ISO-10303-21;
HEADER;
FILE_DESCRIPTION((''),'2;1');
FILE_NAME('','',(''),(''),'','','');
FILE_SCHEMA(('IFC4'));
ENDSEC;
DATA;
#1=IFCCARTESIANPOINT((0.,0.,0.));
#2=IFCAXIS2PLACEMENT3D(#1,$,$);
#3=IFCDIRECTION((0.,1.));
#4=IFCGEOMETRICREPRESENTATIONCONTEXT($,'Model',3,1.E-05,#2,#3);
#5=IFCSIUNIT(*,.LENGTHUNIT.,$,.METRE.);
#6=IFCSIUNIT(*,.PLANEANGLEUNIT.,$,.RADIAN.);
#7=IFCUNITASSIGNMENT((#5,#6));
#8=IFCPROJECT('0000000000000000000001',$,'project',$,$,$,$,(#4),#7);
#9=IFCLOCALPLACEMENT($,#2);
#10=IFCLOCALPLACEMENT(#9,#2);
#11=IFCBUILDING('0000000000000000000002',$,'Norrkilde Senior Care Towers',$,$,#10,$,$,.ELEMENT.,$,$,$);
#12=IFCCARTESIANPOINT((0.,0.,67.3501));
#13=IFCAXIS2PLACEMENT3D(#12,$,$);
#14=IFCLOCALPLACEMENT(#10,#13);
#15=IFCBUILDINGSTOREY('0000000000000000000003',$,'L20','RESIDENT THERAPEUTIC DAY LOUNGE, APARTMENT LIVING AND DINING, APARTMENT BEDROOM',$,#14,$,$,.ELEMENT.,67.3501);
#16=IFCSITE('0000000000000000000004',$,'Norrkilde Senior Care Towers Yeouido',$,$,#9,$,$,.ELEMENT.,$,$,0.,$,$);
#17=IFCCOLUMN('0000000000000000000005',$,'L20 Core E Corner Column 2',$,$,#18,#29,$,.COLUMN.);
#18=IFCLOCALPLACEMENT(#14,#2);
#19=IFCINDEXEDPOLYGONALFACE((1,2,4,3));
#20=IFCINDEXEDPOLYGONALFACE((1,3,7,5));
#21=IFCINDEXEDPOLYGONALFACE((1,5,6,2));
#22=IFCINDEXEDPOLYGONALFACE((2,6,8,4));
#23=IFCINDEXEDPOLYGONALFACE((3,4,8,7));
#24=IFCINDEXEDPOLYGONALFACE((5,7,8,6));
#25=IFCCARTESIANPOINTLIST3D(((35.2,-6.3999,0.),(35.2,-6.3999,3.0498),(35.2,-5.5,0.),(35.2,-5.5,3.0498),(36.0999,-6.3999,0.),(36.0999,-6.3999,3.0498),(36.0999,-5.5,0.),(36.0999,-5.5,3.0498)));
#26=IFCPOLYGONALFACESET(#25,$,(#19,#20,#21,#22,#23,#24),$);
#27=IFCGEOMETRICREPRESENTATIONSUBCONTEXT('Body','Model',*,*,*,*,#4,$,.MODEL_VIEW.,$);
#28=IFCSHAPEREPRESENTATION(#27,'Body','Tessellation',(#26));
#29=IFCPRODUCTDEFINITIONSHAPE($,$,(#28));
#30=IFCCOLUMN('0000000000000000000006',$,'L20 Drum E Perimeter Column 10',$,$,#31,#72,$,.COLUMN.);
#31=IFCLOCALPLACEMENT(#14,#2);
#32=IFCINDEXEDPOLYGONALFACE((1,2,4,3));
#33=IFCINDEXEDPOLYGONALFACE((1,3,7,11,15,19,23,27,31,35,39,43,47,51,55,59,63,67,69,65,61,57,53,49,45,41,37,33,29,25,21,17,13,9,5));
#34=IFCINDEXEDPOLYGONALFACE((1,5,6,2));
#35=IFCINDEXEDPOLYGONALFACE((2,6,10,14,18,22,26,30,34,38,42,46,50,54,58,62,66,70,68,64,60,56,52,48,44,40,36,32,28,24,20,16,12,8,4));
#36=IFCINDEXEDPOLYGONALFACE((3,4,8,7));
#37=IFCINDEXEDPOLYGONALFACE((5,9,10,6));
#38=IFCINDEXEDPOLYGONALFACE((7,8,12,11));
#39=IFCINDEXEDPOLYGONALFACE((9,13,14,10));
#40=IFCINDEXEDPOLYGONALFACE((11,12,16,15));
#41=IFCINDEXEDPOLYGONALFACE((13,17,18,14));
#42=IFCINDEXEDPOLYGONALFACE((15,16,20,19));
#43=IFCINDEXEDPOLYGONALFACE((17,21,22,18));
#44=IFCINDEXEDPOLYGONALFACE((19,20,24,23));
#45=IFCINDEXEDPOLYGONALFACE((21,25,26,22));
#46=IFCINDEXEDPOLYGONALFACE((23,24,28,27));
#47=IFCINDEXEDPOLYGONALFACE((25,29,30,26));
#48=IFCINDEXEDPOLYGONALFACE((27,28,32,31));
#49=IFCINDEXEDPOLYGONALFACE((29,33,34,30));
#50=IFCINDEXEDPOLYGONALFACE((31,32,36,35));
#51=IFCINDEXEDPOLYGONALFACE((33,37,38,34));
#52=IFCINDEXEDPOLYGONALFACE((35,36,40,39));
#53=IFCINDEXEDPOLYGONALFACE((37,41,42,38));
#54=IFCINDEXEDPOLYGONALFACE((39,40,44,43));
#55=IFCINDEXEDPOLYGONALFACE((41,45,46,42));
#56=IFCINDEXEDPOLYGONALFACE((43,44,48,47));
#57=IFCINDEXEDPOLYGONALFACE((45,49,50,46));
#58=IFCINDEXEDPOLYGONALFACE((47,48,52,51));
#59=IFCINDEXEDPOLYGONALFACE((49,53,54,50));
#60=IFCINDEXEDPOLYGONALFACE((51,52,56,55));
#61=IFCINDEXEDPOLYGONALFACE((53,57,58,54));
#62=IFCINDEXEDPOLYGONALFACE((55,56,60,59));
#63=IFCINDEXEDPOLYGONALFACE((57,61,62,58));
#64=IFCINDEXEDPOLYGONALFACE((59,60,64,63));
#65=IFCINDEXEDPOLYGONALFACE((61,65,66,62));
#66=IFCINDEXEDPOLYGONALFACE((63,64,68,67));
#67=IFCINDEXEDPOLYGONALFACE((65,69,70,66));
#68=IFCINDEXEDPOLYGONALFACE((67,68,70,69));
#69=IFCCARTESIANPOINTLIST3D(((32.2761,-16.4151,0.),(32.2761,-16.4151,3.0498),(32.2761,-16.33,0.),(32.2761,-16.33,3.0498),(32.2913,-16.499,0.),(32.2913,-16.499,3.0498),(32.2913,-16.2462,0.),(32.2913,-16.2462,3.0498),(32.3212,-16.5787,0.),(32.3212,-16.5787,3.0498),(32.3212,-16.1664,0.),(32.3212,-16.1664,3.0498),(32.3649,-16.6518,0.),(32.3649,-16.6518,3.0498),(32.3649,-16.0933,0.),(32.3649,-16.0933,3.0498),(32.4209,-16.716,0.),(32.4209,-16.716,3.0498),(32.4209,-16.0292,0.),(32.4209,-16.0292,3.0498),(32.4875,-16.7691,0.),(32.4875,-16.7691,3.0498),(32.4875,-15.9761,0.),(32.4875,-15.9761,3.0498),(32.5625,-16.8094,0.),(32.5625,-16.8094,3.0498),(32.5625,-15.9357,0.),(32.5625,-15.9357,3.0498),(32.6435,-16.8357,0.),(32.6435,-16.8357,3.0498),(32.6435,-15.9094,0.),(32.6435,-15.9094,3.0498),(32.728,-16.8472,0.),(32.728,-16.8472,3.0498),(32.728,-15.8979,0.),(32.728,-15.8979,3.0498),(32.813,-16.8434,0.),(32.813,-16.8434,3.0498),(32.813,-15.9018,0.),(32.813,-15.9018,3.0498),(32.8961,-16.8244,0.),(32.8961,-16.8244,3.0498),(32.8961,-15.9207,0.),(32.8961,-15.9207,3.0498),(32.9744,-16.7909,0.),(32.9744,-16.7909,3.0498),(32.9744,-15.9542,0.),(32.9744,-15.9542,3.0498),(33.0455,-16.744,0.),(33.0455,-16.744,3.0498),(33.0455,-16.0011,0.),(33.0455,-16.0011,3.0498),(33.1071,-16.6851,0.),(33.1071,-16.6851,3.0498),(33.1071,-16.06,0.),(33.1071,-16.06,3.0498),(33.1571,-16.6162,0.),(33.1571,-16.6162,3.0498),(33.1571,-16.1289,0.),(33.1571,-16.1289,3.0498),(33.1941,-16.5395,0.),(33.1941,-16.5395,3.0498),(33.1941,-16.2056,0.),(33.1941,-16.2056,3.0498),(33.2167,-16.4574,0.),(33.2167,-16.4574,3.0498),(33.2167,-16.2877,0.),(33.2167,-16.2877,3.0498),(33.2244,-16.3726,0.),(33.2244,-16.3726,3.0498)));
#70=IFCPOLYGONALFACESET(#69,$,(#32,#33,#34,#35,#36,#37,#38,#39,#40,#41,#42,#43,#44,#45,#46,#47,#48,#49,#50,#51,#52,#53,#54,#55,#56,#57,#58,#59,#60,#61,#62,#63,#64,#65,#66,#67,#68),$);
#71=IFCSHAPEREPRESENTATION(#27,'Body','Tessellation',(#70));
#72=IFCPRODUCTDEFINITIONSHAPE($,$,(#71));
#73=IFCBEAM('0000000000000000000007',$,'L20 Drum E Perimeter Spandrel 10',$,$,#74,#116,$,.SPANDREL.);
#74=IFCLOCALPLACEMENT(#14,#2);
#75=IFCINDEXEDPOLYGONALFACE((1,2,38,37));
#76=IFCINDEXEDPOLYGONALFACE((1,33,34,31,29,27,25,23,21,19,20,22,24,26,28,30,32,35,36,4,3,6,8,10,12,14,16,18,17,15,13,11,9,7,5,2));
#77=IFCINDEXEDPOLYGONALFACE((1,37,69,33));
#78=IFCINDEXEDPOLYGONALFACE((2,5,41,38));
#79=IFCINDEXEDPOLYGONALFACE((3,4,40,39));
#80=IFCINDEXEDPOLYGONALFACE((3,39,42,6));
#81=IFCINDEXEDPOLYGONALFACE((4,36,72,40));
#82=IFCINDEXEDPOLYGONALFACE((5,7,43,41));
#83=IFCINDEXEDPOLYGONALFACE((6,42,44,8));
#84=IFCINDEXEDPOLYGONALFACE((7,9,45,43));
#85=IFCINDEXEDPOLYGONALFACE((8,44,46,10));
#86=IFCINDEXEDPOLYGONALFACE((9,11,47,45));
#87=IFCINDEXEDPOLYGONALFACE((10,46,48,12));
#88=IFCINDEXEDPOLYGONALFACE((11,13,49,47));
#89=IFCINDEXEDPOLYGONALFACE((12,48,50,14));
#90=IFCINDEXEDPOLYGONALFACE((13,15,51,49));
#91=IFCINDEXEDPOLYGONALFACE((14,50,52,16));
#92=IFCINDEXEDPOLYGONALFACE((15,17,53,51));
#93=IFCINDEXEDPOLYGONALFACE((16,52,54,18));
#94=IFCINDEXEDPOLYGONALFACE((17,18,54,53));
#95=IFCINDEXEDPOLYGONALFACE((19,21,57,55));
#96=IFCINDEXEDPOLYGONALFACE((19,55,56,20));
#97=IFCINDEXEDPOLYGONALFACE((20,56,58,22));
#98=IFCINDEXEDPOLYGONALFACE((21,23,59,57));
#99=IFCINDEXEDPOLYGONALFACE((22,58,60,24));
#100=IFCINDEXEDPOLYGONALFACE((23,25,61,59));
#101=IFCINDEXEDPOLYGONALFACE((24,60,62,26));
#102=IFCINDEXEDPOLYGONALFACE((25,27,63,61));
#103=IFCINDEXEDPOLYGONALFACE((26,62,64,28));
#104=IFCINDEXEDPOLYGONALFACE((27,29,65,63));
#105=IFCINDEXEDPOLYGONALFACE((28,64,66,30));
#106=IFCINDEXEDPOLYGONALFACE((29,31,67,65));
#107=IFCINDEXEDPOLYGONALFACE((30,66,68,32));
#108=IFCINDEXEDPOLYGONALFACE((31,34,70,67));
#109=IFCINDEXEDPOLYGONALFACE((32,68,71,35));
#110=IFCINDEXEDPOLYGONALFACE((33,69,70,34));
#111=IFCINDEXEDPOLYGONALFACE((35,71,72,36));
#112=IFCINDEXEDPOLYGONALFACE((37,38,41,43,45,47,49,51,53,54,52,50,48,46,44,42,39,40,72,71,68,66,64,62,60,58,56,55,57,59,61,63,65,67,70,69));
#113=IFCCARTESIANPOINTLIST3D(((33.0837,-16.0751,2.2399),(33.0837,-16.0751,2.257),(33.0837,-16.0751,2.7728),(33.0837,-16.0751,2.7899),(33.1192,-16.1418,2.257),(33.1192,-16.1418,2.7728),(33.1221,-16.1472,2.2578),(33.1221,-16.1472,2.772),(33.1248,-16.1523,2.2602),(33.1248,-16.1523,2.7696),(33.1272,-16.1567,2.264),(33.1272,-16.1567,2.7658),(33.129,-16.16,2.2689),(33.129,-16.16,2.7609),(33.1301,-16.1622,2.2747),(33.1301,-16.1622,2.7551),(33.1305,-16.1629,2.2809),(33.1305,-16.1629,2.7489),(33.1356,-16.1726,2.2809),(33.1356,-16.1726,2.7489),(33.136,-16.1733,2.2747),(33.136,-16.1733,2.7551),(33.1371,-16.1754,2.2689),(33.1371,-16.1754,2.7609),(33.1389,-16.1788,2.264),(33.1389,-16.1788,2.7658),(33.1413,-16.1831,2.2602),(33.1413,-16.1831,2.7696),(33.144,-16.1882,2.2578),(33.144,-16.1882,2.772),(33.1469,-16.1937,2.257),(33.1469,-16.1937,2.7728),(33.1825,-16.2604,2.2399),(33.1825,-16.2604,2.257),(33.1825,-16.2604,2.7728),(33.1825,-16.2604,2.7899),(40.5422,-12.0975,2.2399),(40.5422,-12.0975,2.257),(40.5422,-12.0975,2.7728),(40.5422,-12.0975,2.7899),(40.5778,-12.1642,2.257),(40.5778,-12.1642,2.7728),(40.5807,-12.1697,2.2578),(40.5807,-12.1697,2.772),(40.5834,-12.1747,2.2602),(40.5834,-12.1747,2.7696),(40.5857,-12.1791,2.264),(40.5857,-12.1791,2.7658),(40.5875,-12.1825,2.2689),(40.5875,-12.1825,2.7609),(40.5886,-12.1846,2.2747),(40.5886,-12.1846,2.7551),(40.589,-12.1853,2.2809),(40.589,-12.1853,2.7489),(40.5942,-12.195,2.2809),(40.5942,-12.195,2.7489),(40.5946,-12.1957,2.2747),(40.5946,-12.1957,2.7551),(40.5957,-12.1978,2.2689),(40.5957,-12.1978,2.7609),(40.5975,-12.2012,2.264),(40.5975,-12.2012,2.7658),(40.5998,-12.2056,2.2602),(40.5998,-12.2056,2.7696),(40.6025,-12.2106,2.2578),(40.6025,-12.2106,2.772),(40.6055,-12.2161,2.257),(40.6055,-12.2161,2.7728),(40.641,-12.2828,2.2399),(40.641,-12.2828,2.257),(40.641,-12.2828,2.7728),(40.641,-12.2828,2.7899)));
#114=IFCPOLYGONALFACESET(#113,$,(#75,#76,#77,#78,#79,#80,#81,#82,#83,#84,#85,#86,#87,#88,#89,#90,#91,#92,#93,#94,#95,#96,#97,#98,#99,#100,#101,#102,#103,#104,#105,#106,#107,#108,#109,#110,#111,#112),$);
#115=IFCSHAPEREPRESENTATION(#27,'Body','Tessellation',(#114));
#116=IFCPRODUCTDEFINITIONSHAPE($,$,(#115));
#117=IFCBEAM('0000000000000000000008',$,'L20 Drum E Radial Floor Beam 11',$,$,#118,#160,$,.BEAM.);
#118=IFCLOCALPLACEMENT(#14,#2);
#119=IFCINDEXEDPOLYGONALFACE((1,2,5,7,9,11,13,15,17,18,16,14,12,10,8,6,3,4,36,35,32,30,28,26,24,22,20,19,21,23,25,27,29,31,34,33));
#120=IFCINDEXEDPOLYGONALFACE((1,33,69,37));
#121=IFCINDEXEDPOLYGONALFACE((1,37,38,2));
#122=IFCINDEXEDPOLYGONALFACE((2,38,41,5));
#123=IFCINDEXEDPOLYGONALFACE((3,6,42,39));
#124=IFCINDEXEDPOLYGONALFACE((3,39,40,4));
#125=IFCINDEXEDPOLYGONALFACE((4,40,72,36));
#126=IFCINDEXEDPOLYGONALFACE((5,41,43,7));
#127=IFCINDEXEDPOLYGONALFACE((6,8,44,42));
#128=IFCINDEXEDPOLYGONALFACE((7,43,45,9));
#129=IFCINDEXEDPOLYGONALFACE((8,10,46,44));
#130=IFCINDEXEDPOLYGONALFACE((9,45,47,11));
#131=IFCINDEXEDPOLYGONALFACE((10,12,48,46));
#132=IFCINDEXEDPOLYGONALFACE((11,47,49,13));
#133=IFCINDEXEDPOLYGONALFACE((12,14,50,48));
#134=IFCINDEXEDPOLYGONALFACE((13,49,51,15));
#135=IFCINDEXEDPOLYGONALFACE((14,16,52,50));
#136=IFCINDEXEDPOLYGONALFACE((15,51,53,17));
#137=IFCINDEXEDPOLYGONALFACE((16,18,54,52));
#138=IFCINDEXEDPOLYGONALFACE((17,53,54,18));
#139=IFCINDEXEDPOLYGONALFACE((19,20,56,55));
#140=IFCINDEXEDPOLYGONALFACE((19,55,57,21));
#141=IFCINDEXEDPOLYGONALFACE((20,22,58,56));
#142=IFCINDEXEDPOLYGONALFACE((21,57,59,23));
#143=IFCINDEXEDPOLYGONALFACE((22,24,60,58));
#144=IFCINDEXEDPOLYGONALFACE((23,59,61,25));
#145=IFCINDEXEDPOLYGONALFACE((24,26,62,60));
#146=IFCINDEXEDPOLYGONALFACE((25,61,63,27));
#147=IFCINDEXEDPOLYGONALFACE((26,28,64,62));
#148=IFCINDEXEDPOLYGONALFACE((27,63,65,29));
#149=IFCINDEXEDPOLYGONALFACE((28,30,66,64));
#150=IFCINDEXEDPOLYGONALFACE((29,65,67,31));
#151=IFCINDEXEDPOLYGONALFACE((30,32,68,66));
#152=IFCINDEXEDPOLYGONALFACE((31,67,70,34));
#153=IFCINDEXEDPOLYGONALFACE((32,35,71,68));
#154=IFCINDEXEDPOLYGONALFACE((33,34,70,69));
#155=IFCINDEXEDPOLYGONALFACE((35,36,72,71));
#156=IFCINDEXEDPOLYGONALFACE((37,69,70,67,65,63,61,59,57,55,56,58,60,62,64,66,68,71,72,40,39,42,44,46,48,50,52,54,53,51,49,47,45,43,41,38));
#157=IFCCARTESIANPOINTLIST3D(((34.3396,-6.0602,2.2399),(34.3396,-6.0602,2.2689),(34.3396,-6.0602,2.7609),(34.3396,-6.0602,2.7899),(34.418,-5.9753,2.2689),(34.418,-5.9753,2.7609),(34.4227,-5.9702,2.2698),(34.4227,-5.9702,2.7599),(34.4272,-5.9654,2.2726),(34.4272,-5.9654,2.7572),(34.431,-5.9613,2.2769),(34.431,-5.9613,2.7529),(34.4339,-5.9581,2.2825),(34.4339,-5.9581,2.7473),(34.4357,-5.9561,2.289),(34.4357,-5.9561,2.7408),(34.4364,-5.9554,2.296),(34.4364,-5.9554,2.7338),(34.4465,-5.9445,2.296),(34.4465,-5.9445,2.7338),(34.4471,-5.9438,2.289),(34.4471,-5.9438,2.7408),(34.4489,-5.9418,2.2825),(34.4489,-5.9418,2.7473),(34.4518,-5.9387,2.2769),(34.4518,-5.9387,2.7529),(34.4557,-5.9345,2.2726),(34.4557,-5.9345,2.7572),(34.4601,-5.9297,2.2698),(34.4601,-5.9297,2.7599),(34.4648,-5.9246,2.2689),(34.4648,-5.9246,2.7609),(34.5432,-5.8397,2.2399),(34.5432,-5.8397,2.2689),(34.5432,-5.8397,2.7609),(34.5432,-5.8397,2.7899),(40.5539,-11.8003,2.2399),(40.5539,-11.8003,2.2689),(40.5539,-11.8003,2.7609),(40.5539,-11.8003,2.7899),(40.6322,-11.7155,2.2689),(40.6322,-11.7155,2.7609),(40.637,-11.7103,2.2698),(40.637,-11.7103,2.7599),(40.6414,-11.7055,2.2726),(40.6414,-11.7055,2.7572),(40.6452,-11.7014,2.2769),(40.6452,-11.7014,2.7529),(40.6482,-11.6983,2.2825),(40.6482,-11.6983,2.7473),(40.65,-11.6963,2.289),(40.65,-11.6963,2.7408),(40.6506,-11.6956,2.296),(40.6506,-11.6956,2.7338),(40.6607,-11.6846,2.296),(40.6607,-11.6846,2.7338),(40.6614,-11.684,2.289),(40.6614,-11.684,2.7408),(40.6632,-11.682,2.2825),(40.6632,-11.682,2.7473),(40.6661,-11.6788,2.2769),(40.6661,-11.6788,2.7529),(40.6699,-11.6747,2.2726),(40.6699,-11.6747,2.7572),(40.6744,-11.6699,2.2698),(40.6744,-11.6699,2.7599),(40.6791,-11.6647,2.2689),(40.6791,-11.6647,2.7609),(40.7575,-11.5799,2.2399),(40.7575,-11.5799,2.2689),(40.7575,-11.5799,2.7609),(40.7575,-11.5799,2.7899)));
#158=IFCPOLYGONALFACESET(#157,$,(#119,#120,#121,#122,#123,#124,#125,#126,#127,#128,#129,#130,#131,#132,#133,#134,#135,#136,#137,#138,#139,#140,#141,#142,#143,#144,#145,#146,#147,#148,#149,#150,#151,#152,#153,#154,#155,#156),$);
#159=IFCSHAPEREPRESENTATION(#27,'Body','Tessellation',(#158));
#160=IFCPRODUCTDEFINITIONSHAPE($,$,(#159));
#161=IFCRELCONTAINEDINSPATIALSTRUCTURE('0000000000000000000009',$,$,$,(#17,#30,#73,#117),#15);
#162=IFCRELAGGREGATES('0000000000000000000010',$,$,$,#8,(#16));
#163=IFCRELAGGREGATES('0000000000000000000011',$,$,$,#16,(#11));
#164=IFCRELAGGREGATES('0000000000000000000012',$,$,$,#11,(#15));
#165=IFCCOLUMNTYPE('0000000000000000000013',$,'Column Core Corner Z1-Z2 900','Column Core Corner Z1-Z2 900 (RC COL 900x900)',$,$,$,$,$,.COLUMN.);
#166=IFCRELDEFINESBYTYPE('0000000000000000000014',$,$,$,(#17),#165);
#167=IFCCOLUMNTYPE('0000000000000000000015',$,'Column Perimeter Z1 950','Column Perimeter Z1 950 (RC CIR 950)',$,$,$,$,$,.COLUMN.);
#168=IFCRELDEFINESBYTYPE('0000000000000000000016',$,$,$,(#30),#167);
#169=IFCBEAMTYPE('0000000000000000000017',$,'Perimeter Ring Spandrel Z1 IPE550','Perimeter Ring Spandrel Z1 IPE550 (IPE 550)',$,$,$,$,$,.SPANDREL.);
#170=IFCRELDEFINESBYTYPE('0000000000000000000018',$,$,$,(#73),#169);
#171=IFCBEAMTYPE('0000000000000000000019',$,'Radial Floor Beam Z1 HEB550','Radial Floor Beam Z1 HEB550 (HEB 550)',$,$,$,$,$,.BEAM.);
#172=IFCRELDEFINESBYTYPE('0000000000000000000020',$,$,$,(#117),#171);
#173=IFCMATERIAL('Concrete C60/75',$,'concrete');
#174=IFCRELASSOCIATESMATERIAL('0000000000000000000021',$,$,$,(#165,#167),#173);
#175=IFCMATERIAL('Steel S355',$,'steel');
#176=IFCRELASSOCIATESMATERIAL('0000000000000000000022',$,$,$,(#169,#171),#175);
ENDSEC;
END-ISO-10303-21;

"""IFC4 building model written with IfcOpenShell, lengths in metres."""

from ifc_helpers import new_model, si_unit, direction, frame, origin, origin_2d, place, context, subcontext, project, spatial, rectangle, circle, i_section, extrude, source, transform, mapped, material, material_profile, profile_set, type_object, type_shapes, element, save


model = new_model("IFC4")

# Units and contexts
model_context = context("Model", 3, precision=1e-05, world=origin(), true_north=direction((0.0, 1.0)))
body_context = subcontext(model_context, "Body", "Model", "MODEL_VIEW")
ifc_project = project(units=[si_unit("LENGTHUNIT", "METRE"), si_unit("PLANEANGLEUNIT", "RADIAN")], contexts=[model_context])

# Site, building, storey
site_placement = place(None, origin())
site = spatial("IfcSite", under=ifc_project, at=site_placement, Name="Norrkilde Senior Care Towers Yeouido", CompositionType="ELEMENT", RefElevation=0.0)
building_placement = place(site_placement, origin())
building = spatial("IfcBuilding", under=site, at=building_placement, Name="Norrkilde Senior Care Towers", CompositionType="ELEMENT")
storey_placement = place(building_placement, frame((0.0, 0.0, 67.3501)))
storey = spatial("IfcBuildingStorey", under=building, at=storey_placement, Name="L20", Description="RESIDENT THERAPEUTIC DAY LOUNGE, APARTMENT LIVING AND DINING, APARTMENT BEDROOM", CompositionType="ELEMENT", Elevation=67.3501)

# Columns
ifc_material_1 = material(Name="Concrete C60/75", Category="concrete")
ifc_material_profile_1 = material_profile(ifc_material_1, rectangle(XDim=0.8999, YDim=0.8999, at=origin_2d()), Name="RC COL 900x900")
ifc_profile_set_1 = profile_set([ifc_material_profile_1], Name="Concrete C60/75")
column_type_1 = type_object("IfcColumnType", Name="Column Core Corner Z1-Z2 900", Description="Column Core Corner Z1-Z2 900 (RC COL 900x900)", PredefinedType="COLUMN", material=ifc_profile_set_1)
shared_shape_1 = source(origin(), body_context, "Body", "SweptSolid", [
    extrude(rectangle(XDim=0.8999, YDim=0.8999, at=origin_2d()), origin(), (0.0, 0.0, 1.0), 3.0498),
])
type_shapes(column_type_1, [shared_shape_1])
column_1_placement = place(storey_placement, frame((35.6499, -5.95, 0.0), z_axis=(0.0, 0.0, 1.0), x_axis=(1.0, 0.0, 0.0)))
element("IfcColumn", 1, at=column_1_placement, inside=storey, type_object=column_type_1, Name="L20 Core E Corner Column 2", PredefinedType="COLUMN", context=body_context, shape_type="MappedRepresentation", body=[
    mapped(shared_shape_1, transform((0.0, 0.0, 0.0), x_axis=(1.0, 0.0, 0.0), y_axis=(0.0, 1.0, 0.0), z_axis=(0.0, 0.0, 1.0), scale=1.0)),
])
ifc_material_profile_2 = material_profile(ifc_material_1, circle(Radius=0.4751, at=origin_2d()), Name="RC CIR 950")
ifc_profile_set_2 = profile_set([ifc_material_profile_2], Name="Concrete C60/75")
column_type_2 = type_object("IfcColumnType", Name="Column Perimeter Z1 950", Description="Column Perimeter Z1 950 (RC CIR 950)", PredefinedType="COLUMN", material=ifc_profile_set_2)
shared_shape_2 = source(origin(), body_context, "Body", "SweptSolid", [
    extrude(circle(Radius=0.4751, at=origin_2d()), origin(), (0.0, 0.0, 1.0), 3.0498),
])
type_shapes(column_type_2, [shared_shape_2])
column_2_placement = place(storey_placement, frame((32.7493, -16.3726, 0.0), z_axis=(0.0, 0.0, 1.0), x_axis=(1.0, 0.0, 0.0)))
element("IfcColumn", 2, at=column_2_placement, inside=storey, type_object=column_type_2, Name="L20 Drum E Perimeter Column 10", PredefinedType="COLUMN", context=body_context, shape_type="MappedRepresentation", body=[
    mapped(shared_shape_2, transform((0.0, 0.0, 0.0), x_axis=(1.0, 0.0, 0.0), y_axis=(0.0, 1.0, 0.0), z_axis=(0.0, 0.0, 1.0), scale=1.0)),
])

# Beams
ifc_material_2 = material(Name="Steel S355", Category="steel")
ifc_material_profile_3 = material_profile(ifc_material_2, i_section(OverallWidth=0.21, OverallDepth=0.55, WebThickness=0.011, FlangeThickness=0.0171, FilletRadius=0.0239, at=origin_2d()), Name="IPE 550")
ifc_profile_set_3 = profile_set([ifc_material_profile_3], Name="Steel S355")
beam_type_1 = type_object("IfcBeamType", Name="Perimeter Ring Spandrel Z1 IPE550", Description="Perimeter Ring Spandrel Z1 IPE550 (IPE 550)", PredefinedType="SPANDREL", material=ifc_profile_set_3)
shared_shape_3 = source(origin(), body_context, "Body", "SweptSolid", [
    extrude(i_section(OverallWidth=0.21, OverallDepth=0.55, WebThickness=0.011, FlangeThickness=0.0171, FilletRadius=0.0239, at=origin_2d()), origin(), (0.0, 0.0, 1.0), 8.4529),
])
type_shapes(beam_type_1, [shared_shape_3])
beam_1_placement = place(storey_placement, frame((33.1331, -16.1677, 2.5149), z_axis=(0.882369, 0.470558, 0.0), x_axis=(-0.470558, 0.882369, 0.0)))
element("IfcBeam", 3, at=beam_1_placement, inside=storey, type_object=beam_type_1, Name="L20 Drum E Perimeter Spandrel 10", PredefinedType="SPANDREL", context=body_context, shape_type="MappedRepresentation", body=[
    mapped(shared_shape_3, transform((0.0, 0.0, 0.0), x_axis=(1.0, 0.0, 0.0), y_axis=(0.0, 1.0, 0.0), z_axis=(0.0, 0.0, 1.0), scale=1.0)),
])
ifc_material_profile_4 = material_profile(ifc_material_2, i_section(OverallWidth=0.3, OverallDepth=0.55, WebThickness=0.0149, FlangeThickness=0.0291, FilletRadius=0.0271, at=origin_2d()), Name="HEB 550")
ifc_profile_set_4 = profile_set([ifc_material_profile_4], Name="Steel S355")
beam_type_2 = type_object("IfcBeamType", Name="Radial Floor Beam Z1 HEB550", Description="Radial Floor Beam Z1 HEB550 (HEB 550)", PredefinedType="BEAM", material=ifc_profile_set_4)
shared_shape_4 = source(origin(), body_context, "Body", "SweptSolid", [
    extrude(i_section(OverallWidth=0.3, OverallDepth=0.55, WebThickness=0.0149, FlangeThickness=0.0291, FilletRadius=0.0271, at=origin_2d()), origin(), (0.0, 0.0, 1.0), 8.4597),
])
beam_2_placement = place(storey_placement, frame((34.4414, -5.95, 2.5149), z_axis=(0.734573, -0.678529, 0.0), x_axis=(0.678529, 0.734573, 0.0)))
element("IfcBeam", 4, at=beam_2_placement, inside=storey, type_object=beam_type_2, Name="L20 Drum E Radial Floor Beam 11", PredefinedType="BEAM", context=body_context, shape_type="MappedRepresentation", body=[
    mapped(shared_shape_4, transform((0.0, 0.0, 0.0), x_axis=(1.0, 0.0, 0.0), y_axis=(0.0, 1.0, 0.0), z_axis=(0.0, 0.0, 1.0), scale=1.0)),
])

save(model, "model.ifc")
